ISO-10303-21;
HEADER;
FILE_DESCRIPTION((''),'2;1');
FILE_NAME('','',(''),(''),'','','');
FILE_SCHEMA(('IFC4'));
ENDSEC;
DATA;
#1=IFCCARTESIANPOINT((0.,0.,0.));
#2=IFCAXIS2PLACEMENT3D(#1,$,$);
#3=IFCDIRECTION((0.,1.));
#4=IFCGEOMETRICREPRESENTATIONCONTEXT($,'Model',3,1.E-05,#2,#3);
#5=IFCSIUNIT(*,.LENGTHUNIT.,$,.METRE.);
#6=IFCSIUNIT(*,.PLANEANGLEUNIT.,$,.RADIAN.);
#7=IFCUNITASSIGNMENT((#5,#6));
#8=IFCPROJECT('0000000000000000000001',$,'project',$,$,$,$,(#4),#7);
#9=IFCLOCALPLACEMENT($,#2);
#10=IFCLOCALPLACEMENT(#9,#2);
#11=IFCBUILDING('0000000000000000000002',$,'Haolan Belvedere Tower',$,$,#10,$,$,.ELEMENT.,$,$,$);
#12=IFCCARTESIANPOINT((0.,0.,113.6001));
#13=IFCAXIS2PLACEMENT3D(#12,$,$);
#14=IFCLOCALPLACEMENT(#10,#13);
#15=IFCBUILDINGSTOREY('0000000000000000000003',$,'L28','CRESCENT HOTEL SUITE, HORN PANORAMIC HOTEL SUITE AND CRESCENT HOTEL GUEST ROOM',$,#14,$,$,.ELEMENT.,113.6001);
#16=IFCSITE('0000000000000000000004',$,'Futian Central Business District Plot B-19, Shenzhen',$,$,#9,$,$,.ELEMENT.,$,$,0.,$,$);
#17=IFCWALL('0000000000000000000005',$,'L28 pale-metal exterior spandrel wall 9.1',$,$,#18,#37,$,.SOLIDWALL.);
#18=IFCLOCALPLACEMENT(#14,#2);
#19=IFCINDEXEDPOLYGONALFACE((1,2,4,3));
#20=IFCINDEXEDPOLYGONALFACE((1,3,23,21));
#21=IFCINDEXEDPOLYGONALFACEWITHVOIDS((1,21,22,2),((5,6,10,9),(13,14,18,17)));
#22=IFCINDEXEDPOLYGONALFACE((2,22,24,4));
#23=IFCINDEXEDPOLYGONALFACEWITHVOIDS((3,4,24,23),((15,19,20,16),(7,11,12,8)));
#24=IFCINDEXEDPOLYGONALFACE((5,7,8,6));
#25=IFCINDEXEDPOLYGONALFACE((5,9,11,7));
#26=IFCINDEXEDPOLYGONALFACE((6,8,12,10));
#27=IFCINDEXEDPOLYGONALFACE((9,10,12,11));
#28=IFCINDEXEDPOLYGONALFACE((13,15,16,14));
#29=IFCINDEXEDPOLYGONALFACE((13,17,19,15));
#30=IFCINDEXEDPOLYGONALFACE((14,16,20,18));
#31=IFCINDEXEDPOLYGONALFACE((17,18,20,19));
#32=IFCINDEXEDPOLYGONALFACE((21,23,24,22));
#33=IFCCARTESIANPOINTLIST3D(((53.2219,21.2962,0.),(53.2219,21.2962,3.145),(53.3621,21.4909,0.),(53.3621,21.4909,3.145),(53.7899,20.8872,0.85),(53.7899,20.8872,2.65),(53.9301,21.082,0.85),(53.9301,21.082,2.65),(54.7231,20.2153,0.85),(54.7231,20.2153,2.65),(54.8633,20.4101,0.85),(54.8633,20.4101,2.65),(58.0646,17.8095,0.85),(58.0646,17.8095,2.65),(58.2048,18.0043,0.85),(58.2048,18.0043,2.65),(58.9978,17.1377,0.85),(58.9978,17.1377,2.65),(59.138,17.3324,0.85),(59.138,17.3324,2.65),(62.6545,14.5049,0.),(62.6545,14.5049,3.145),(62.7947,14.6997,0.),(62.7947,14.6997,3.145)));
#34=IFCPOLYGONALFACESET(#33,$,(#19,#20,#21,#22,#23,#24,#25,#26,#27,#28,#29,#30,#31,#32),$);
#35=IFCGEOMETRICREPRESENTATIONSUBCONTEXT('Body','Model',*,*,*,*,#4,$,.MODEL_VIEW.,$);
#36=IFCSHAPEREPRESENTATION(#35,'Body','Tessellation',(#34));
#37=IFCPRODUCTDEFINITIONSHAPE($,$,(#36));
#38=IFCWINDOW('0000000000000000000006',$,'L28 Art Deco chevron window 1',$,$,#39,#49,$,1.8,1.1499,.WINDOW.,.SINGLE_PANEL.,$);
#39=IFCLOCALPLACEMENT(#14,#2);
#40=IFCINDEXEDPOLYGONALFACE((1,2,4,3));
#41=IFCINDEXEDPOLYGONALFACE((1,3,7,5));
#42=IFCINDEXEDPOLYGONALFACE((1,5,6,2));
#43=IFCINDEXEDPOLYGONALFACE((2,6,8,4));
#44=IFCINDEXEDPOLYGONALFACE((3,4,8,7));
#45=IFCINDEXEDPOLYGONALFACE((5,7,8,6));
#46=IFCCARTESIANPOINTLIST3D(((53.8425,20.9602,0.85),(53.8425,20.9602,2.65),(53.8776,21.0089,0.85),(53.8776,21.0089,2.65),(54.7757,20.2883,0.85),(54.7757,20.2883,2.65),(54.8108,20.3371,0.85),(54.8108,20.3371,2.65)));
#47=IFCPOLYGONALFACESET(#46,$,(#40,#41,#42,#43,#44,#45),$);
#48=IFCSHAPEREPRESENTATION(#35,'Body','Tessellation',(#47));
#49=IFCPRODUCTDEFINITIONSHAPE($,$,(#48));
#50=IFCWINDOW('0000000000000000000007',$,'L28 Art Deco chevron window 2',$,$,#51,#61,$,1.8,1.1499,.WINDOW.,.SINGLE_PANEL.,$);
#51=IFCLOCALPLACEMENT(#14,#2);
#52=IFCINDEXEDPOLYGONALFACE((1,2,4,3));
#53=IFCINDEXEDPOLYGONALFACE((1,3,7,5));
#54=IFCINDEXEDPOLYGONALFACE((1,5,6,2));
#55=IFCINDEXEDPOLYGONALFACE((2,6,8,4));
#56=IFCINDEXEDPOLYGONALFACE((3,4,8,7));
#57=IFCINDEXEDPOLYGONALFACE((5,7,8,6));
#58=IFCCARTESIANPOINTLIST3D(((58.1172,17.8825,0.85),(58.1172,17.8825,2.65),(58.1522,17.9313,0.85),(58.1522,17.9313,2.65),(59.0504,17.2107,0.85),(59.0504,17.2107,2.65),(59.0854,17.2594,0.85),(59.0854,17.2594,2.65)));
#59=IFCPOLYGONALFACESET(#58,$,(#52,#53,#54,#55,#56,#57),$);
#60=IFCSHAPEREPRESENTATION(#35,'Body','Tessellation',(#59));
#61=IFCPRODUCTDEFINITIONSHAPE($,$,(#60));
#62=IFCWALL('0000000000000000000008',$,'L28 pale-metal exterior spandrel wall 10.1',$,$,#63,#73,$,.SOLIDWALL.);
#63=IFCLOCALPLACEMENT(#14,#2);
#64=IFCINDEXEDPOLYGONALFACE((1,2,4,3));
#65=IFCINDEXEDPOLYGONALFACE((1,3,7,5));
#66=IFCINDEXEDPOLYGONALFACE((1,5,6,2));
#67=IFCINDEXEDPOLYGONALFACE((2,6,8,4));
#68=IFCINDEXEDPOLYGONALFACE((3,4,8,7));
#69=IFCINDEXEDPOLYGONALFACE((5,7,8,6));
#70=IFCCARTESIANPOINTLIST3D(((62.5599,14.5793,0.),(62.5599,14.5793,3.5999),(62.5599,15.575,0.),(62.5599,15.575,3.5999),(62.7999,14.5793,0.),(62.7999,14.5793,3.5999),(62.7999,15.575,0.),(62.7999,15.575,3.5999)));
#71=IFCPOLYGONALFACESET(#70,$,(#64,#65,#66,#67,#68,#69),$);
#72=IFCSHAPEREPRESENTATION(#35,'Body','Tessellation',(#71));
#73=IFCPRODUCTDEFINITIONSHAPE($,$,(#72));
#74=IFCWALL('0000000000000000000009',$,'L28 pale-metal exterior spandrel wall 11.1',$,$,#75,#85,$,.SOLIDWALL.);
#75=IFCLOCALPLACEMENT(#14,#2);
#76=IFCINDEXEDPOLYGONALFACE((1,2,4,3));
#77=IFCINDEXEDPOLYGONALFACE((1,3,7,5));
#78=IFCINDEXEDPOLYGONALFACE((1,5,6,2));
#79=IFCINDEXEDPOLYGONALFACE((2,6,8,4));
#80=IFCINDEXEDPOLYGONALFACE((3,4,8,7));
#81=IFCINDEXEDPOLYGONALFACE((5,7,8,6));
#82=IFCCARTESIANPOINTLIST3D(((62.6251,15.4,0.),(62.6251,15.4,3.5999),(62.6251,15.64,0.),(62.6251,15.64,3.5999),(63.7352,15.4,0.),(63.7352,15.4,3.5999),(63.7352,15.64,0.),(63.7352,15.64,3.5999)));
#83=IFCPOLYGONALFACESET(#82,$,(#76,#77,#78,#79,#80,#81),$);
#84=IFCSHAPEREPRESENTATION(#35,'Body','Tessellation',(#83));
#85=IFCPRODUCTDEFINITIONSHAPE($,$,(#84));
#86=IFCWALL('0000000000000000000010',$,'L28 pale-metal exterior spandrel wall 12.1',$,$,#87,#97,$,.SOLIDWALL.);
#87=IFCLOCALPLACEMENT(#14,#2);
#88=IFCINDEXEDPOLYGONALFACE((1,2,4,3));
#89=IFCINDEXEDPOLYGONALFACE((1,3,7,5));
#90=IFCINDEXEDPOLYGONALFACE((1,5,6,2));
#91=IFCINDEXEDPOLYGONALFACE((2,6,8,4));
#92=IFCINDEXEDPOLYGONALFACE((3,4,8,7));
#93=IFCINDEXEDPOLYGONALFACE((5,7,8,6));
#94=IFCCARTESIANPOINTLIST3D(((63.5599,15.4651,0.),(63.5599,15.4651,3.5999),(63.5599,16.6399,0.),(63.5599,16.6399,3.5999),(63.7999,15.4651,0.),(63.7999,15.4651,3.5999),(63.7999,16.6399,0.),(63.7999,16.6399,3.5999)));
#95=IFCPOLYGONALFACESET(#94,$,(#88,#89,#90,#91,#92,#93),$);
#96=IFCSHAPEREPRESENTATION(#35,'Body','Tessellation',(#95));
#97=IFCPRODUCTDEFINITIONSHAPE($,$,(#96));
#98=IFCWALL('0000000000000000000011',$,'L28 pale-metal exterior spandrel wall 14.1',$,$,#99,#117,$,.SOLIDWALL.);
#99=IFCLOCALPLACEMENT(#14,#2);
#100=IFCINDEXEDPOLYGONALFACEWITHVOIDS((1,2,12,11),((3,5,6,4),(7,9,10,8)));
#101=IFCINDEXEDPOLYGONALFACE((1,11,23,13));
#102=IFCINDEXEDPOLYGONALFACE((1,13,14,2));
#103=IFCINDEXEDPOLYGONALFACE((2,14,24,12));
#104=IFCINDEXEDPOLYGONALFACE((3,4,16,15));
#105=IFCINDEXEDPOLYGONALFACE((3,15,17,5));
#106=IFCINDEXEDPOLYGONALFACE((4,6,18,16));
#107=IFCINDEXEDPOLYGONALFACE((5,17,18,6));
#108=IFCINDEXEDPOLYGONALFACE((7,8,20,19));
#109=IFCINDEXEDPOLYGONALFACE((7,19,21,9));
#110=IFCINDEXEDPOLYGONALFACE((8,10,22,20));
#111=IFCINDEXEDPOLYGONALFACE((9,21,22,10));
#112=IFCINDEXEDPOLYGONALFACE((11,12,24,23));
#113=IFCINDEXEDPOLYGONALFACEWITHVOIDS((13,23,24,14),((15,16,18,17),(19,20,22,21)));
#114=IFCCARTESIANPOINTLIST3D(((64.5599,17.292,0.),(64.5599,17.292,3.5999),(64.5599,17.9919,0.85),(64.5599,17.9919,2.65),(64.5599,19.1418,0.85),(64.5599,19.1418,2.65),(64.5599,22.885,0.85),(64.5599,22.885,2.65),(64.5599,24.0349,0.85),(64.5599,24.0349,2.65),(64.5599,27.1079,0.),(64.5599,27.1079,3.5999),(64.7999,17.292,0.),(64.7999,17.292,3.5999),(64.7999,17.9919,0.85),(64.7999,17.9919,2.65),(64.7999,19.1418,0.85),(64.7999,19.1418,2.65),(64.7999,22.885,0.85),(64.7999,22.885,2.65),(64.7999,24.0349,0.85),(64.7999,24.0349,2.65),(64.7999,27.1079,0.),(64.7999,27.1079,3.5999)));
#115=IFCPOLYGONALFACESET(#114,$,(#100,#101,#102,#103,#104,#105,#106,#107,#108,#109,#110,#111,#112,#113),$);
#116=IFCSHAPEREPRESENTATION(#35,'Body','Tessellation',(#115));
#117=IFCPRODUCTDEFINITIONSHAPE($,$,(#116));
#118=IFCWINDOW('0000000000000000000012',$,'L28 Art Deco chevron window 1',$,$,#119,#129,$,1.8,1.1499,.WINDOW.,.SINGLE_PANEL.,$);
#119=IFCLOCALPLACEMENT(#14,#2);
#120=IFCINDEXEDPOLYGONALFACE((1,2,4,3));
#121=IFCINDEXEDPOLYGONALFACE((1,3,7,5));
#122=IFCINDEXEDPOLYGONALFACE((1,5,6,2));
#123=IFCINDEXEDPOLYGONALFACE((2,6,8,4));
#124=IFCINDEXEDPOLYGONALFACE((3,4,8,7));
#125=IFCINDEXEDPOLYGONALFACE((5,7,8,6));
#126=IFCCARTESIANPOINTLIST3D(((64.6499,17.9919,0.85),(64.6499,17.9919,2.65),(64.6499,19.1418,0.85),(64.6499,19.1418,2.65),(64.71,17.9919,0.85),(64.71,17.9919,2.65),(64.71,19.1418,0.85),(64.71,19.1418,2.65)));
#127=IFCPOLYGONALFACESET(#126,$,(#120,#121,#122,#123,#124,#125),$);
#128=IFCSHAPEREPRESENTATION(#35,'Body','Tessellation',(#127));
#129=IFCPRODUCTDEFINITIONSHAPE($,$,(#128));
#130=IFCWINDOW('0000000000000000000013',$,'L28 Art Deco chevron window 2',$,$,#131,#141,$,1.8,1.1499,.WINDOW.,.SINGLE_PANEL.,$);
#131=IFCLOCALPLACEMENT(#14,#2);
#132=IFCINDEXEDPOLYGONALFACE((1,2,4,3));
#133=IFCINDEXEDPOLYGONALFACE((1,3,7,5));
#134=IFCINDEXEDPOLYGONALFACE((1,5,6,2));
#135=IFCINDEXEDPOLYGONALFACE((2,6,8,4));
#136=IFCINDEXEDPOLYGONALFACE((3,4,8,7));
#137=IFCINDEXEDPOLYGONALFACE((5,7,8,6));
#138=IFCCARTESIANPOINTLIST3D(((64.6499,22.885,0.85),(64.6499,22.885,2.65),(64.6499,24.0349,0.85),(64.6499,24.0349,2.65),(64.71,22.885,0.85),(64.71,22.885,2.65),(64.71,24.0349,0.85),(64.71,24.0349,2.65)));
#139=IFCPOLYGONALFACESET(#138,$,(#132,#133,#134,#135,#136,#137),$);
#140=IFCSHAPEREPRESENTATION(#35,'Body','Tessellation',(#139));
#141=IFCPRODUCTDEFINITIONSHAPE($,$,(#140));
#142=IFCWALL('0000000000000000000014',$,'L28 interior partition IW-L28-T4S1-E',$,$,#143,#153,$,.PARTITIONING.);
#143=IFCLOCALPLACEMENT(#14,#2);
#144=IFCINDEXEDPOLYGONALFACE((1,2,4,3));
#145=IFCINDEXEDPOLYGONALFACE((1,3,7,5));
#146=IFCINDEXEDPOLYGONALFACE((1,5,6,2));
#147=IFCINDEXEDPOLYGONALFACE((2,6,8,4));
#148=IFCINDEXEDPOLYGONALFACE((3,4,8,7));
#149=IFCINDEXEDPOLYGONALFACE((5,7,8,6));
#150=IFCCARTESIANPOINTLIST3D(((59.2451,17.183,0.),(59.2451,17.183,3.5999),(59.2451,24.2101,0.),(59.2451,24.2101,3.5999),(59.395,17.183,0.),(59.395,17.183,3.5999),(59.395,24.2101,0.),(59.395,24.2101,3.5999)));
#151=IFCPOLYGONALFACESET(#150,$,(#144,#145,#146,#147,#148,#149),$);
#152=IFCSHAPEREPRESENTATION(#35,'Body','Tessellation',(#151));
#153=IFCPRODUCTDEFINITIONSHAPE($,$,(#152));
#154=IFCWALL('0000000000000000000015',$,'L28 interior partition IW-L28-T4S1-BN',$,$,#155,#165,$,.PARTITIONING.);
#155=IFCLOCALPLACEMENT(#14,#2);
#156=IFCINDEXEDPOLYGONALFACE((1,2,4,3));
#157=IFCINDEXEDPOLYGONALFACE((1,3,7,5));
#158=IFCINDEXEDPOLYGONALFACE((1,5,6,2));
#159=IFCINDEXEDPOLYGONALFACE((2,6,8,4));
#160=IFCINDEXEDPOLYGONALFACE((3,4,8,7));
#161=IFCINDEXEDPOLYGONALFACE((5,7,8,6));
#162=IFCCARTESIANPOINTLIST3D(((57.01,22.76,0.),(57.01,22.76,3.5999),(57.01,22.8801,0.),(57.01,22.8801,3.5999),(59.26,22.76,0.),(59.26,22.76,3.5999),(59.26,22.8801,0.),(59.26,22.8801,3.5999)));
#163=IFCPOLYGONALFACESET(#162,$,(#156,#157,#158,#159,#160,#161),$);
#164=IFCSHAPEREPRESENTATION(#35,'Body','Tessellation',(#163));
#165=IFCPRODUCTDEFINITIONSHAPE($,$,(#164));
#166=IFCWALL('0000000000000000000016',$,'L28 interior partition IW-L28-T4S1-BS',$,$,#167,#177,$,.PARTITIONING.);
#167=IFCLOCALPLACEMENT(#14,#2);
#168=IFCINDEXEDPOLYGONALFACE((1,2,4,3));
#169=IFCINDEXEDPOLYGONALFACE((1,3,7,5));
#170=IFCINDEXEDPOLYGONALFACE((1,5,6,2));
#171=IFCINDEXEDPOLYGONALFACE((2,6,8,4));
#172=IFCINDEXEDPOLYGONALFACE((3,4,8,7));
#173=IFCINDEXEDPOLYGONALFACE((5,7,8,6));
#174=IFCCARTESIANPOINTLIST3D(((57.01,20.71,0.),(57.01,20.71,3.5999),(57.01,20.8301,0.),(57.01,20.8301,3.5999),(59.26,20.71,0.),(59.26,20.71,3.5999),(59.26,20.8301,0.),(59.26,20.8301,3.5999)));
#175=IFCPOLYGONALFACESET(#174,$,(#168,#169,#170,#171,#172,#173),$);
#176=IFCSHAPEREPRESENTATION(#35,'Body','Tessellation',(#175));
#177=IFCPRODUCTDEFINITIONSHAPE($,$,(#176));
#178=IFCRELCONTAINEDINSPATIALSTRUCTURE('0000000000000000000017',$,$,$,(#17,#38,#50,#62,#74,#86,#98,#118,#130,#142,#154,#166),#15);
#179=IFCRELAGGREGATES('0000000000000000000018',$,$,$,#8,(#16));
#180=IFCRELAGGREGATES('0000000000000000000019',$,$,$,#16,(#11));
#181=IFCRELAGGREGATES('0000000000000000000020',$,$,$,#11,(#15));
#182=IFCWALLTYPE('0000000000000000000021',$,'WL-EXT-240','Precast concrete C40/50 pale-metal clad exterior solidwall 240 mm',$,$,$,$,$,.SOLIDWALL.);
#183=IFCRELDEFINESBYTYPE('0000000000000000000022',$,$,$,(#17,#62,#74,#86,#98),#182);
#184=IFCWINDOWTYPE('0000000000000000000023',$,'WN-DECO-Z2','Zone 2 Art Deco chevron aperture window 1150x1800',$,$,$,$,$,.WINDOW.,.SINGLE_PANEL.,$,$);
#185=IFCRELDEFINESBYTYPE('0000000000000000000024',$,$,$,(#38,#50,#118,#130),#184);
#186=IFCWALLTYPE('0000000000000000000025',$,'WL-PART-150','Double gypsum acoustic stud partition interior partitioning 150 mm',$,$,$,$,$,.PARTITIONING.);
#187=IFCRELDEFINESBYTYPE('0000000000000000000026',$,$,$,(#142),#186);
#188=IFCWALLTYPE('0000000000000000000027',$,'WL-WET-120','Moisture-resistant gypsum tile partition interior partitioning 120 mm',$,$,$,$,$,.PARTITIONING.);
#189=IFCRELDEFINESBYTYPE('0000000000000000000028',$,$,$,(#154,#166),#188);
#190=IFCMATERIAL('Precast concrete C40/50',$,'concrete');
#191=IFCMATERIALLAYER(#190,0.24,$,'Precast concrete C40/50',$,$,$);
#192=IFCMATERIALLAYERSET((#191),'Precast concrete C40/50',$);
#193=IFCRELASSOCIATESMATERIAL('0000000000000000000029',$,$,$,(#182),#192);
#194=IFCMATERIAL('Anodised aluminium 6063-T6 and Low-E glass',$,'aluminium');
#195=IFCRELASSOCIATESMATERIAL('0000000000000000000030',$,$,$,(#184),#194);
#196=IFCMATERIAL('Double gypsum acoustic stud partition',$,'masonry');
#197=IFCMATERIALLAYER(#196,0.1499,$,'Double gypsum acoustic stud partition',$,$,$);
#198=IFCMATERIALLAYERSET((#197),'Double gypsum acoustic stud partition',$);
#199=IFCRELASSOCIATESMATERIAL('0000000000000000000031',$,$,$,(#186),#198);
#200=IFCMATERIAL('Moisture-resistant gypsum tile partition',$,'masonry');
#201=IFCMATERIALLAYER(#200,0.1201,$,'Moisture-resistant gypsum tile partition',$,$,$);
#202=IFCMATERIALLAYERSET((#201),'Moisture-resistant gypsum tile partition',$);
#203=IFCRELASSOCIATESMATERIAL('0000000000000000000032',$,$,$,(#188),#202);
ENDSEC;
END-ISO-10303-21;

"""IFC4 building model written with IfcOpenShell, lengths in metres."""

from ifc_helpers import new_model, si_unit, direction, frame, frame_2d, origin, place, context, subcontext, project, spatial, rectangle, extrude, material, layer, layer_set, type_object, element, fill, save


model = new_model("IFC4")

# Units and contexts
model_context = context("Model", 3, precision=1e-05, world=origin(), true_north=direction((0.0, 1.0)))
body_context = subcontext(model_context, "Body", "Model", "MODEL_VIEW")
ifc_project = project(units=[si_unit("LENGTHUNIT", "METRE"), si_unit("PLANEANGLEUNIT", "RADIAN")], contexts=[model_context])

# Site, building, storey
site_placement = place(None, origin())
site = spatial("IfcSite", under=ifc_project, at=site_placement, Name="Futian Central Business District Plot B-19, Shenzhen", CompositionType="ELEMENT", RefElevation=0.0)
building_placement = place(site_placement, origin())
building = spatial("IfcBuilding", under=site, at=building_placement, Name="Haolan Belvedere Tower", CompositionType="ELEMENT")
storey_placement = place(building_placement, frame((0.0, 0.0, 113.6001)))
storey = spatial("IfcBuildingStorey", under=building, at=storey_placement, Name="L28", Description="CRESCENT HOTEL SUITE, HORN PANORAMIC HOTEL SUITE AND CRESCENT HOTEL GUEST ROOM", CompositionType="ELEMENT", Elevation=113.6001)

# Wall, openings, windows
ifc_material_1 = material(Name="Precast concrete C40/50", Category="concrete")
ifc_layer_1 = layer(ifc_material_1, 0.24, Name="Precast concrete C40/50")
ifc_layer_set_1 = layer_set([ifc_layer_1], Name="Precast concrete C40/50")
wall_type_1 = type_object("IfcWallType", Name="WL-EXT-240", Description="Precast concrete C40/50 pale-metal clad exterior solidwall 240 mm", PredefinedType="SOLIDWALL", material=ifc_layer_set_1)
wall_1_placement = place(storey_placement, frame((53.292, 21.3936, 0.0), z_axis=(0.0, 0.0, 1.0), x_axis=(0.811544, -0.584292, 0.0)))
wall_1 = element("IfcWall", 1, at=wall_1_placement, inside=storey, type_object=wall_type_1, Name="L28 pale-metal exterior spandrel wall 9.1", PredefinedType="SOLIDWALL", context=body_context, shape_type="SweptSolid", body=[
    extrude(rectangle(XDim=11.623, YDim=0.24, at=frame_2d((5.8115, 0.0))), origin(), (0.0, 0.0, 1.0), 3.145),
])
opening_1_placement = place(wall_1_placement, frame((0.7, 0.0, 0.8501)))
opening_1 = element("IfcOpeningElement", 2, at=opening_1_placement, cuts=wall_1, PredefinedType="OPENING", context=body_context, shape_type="SweptSolid", body=[
    extrude(rectangle(XDim=1.1499, YDim=1.8, at=frame_2d((0.575, 0.8999))), frame((0.0, 0.1299, 0.0), z_axis=(0.0, -1.0, 0.0), x_axis=(1.0, 0.0, 0.0)), (0.0, 0.0, 1.0), 0.26),
])
opening_2_placement = place(wall_1_placement, frame((5.9673, 0.0, 0.8501)))
opening_2 = element("IfcOpeningElement", 3, at=opening_2_placement, cuts=wall_1, PredefinedType="OPENING", context=body_context, shape_type="SweptSolid", body=[
    extrude(rectangle(XDim=1.1499, YDim=1.8, at=frame_2d((0.575, 0.8999))), frame((0.0, 0.1299, 0.0), z_axis=(0.0, -1.0, 0.0), x_axis=(1.0, 0.0, 0.0)), (0.0, 0.0, 1.0), 0.26),
])
ifc_material_2 = material(Name="Anodised aluminium 6063-T6 and Low-E glass", Category="aluminium")
window_type = type_object("IfcWindowType", Name="WN-DECO-Z2", Description="Zone 2 Art Deco chevron aperture window 1150x1800", PartitioningType="SINGLE_PANEL", PredefinedType="WINDOW", material=ifc_material_2)
window_1_placement = place(opening_1_placement, origin())
window_1 = element("IfcWindow", 4, at=window_1_placement, inside=storey, type_object=window_type, Name="L28 Art Deco chevron window 1", OverallHeight=1.8, OverallWidth=1.1499, PartitioningType="SINGLE_PANEL", PredefinedType="WINDOW", context=body_context, shape_type="SweptSolid", body=[
    extrude(rectangle(XDim=1.1499, YDim=1.8, at=frame_2d((0.575, 0.8999))), frame((0.0, 0.03, 0.0), z_axis=(0.0, -1.0, 0.0), x_axis=(1.0, 0.0, 0.0)), (0.0, 0.0, 1.0), 0.0601),
])
fill(opening_1, window_1)
window_2_placement = place(opening_2_placement, origin())
window_2 = element("IfcWindow", 5, at=window_2_placement, inside=storey, type_object=window_type, Name="L28 Art Deco chevron window 2", OverallHeight=1.8, OverallWidth=1.1499, PartitioningType="SINGLE_PANEL", PredefinedType="WINDOW", context=body_context, shape_type="SweptSolid", body=[
    extrude(rectangle(XDim=1.1499, YDim=1.8, at=frame_2d((0.575, 0.8999))), frame((0.0, 0.03, 0.0), z_axis=(0.0, -1.0, 0.0), x_axis=(1.0, 0.0, 0.0)), (0.0, 0.0, 1.0), 0.0601),
])
fill(opening_2, window_2)

# Walls
wall_2_placement = place(storey_placement, frame((62.6799, 14.5793, 0.0), z_axis=(0.0, 0.0, 1.0), x_axis=(0.0, 1.0, 0.0)))
element("IfcWall", 6, at=wall_2_placement, inside=storey, type_object=wall_type_1, Name="L28 pale-metal exterior spandrel wall 10.1", PredefinedType="SOLIDWALL", context=body_context, shape_type="SweptSolid", body=[
    extrude(rectangle(XDim=0.9956, YDim=0.24, at=frame_2d((0.4978, 0.0))), origin(), (0.0, 0.0, 1.0), 3.5999),
])
wall_3_placement = place(storey_placement, frame((62.625, 15.52, 0.0), z_axis=(0.0, 0.0, 1.0), x_axis=(1.0, 0.0, 0.0)))
element("IfcWall", 7, at=wall_3_placement, inside=storey, type_object=wall_type_1, Name="L28 pale-metal exterior spandrel wall 11.1", PredefinedType="SOLIDWALL", context=body_context, shape_type="SweptSolid", body=[
    extrude(rectangle(XDim=1.1101, YDim=0.24, at=frame_2d((0.5552, 0.0))), origin(), (0.0, 0.0, 1.0), 3.5999),
])
wall_4_placement = place(storey_placement, frame((63.6799, 15.4651, 0.0), z_axis=(0.0, 0.0, 1.0), x_axis=(0.0, 1.0, 0.0)))
element("IfcWall", 8, at=wall_4_placement, inside=storey, type_object=wall_type_1, Name="L28 pale-metal exterior spandrel wall 12.1", PredefinedType="SOLIDWALL", context=body_context, shape_type="SweptSolid", body=[
    extrude(rectangle(XDim=1.1748, YDim=0.24, at=frame_2d((0.5874, 0.0))), origin(), (0.0, 0.0, 1.0), 3.5999),
])

# Wall, openings, windows
wall_5_placement = place(storey_placement, frame((64.6799, 17.292, 0.0), z_axis=(0.0, 0.0, 1.0), x_axis=(0.0, 1.0, 0.0)))
wall_5 = element("IfcWall", 9, at=wall_5_placement, inside=storey, type_object=wall_type_1, Name="L28 pale-metal exterior spandrel wall 14.1", PredefinedType="SOLIDWALL", context=body_context, shape_type="SweptSolid", body=[
    extrude(rectangle(XDim=9.8159, YDim=0.24, at=frame_2d((4.908, 0.0))), origin(), (0.0, 0.0, 1.0), 3.5999),
])
opening_3_placement = place(wall_5_placement, frame((0.7, 0.0, 0.8501)))
opening_3 = element("IfcOpeningElement", 10, at=opening_3_placement, cuts=wall_5, PredefinedType="OPENING", context=body_context, shape_type="SweptSolid", body=[
    extrude(rectangle(XDim=1.1499, YDim=1.8, at=frame_2d((0.575, 0.8999))), frame((0.0, 0.1299, 0.0), z_axis=(0.0, -1.0, 0.0), x_axis=(1.0, 0.0, 0.0)), (0.0, 0.0, 1.0), 0.26),
])
opening_4_placement = place(wall_5_placement, frame((5.593, 0.0, 0.8501)))
opening_4 = element("IfcOpeningElement", 11, at=opening_4_placement, cuts=wall_5, PredefinedType="OPENING", context=body_context, shape_type="SweptSolid", body=[
    extrude(rectangle(XDim=1.1499, YDim=1.8, at=frame_2d((0.575, 0.8999))), frame((0.0, 0.1299, 0.0), z_axis=(0.0, -1.0, 0.0), x_axis=(1.0, 0.0, 0.0)), (0.0, 0.0, 1.0), 0.26),
])
window_3_placement = place(opening_3_placement, origin())
window_3 = element("IfcWindow", 12, at=window_3_placement, inside=storey, type_object=window_type, Name="L28 Art Deco chevron window 1", OverallHeight=1.8, OverallWidth=1.1499, PartitioningType="SINGLE_PANEL", PredefinedType="WINDOW", context=body_context, shape_type="SweptSolid", body=[
    extrude(rectangle(XDim=1.1499, YDim=1.8, at=frame_2d((0.575, 0.8999))), frame((0.0, 0.03, 0.0), z_axis=(0.0, -1.0, 0.0), x_axis=(1.0, 0.0, 0.0)), (0.0, 0.0, 1.0), 0.0601),
])
fill(opening_3, window_3)
window_4_placement = place(opening_4_placement, origin())
window_4 = element("IfcWindow", 13, at=window_4_placement, inside=storey, type_object=window_type, Name="L28 Art Deco chevron window 2", OverallHeight=1.8, OverallWidth=1.1499, PartitioningType="SINGLE_PANEL", PredefinedType="WINDOW", context=body_context, shape_type="SweptSolid", body=[
    extrude(rectangle(XDim=1.1499, YDim=1.8, at=frame_2d((0.575, 0.8999))), frame((0.0, 0.03, 0.0), z_axis=(0.0, -1.0, 0.0), x_axis=(1.0, 0.0, 0.0)), (0.0, 0.0, 1.0), 0.0601),
])
fill(opening_4, window_4)

# Walls
ifc_material_3 = material(Name="Double gypsum acoustic stud partition", Category="masonry")
ifc_layer_2 = layer(ifc_material_3, 0.1499, Name="Double gypsum acoustic stud partition")
ifc_layer_set_2 = layer_set([ifc_layer_2], Name="Double gypsum acoustic stud partition")
wall_type_2 = type_object("IfcWallType", Name="WL-PART-150", Description="Double gypsum acoustic stud partition interior partitioning 150 mm", PredefinedType="PARTITIONING", material=ifc_layer_set_2)
wall_6_placement = place(storey_placement, frame((59.3201, 17.1829, 0.0), z_axis=(0.0, 0.0, 1.0), x_axis=(0.0, 1.0, 0.0)))
element("IfcWall", 14, at=wall_6_placement, inside=storey, type_object=wall_type_2, Name="L28 interior partition IW-L28-T4S1-E", PredefinedType="PARTITIONING", context=body_context, shape_type="SweptSolid", body=[
    extrude(rectangle(XDim=7.0271, YDim=0.1499, at=frame_2d((3.5137, 0.0))), origin(), (0.0, 0.0, 1.0), 3.5999),
])
ifc_material_4 = material(Name="Moisture-resistant gypsum tile partition", Category="masonry")
ifc_layer_3 = layer(ifc_material_4, 0.1201, Name="Moisture-resistant gypsum tile partition")
ifc_layer_set_3 = layer_set([ifc_layer_3], Name="Moisture-resistant gypsum tile partition")
wall_type_3 = type_object("IfcWallType", Name="WL-WET-120", Description="Moisture-resistant gypsum tile partition interior partitioning 120 mm", PredefinedType="PARTITIONING", material=ifc_layer_set_3)
for number, where, z_axis, x_axis, name in (
    (15, (57.01, 22.8201, 0.0), (0.0, 0.0, 1.0), (1.0, 0.0, 0.0), "L28 interior partition IW-L28-T4S1-BN"),
    (16, (57.01, 20.77, 0.0), (0.0, 0.0, 1.0), (1.0, 0.0, 0.0), "L28 interior partition IW-L28-T4S1-BS"),
):
    element("IfcWall", number, at=place(storey_placement, frame(where, z_axis=z_axis, x_axis=x_axis)), inside=storey, type_object=wall_type_3, Name=name, PredefinedType="PARTITIONING", context=body_context, shape_type="SweptSolid", body=[
        extrude(rectangle(XDim=2.25, YDim=0.1201, at=frame_2d((1.125, 0.0))), origin(), (0.0, 0.0, 1.0), 3.5999),
    ])

save(model, "model.ifc")
